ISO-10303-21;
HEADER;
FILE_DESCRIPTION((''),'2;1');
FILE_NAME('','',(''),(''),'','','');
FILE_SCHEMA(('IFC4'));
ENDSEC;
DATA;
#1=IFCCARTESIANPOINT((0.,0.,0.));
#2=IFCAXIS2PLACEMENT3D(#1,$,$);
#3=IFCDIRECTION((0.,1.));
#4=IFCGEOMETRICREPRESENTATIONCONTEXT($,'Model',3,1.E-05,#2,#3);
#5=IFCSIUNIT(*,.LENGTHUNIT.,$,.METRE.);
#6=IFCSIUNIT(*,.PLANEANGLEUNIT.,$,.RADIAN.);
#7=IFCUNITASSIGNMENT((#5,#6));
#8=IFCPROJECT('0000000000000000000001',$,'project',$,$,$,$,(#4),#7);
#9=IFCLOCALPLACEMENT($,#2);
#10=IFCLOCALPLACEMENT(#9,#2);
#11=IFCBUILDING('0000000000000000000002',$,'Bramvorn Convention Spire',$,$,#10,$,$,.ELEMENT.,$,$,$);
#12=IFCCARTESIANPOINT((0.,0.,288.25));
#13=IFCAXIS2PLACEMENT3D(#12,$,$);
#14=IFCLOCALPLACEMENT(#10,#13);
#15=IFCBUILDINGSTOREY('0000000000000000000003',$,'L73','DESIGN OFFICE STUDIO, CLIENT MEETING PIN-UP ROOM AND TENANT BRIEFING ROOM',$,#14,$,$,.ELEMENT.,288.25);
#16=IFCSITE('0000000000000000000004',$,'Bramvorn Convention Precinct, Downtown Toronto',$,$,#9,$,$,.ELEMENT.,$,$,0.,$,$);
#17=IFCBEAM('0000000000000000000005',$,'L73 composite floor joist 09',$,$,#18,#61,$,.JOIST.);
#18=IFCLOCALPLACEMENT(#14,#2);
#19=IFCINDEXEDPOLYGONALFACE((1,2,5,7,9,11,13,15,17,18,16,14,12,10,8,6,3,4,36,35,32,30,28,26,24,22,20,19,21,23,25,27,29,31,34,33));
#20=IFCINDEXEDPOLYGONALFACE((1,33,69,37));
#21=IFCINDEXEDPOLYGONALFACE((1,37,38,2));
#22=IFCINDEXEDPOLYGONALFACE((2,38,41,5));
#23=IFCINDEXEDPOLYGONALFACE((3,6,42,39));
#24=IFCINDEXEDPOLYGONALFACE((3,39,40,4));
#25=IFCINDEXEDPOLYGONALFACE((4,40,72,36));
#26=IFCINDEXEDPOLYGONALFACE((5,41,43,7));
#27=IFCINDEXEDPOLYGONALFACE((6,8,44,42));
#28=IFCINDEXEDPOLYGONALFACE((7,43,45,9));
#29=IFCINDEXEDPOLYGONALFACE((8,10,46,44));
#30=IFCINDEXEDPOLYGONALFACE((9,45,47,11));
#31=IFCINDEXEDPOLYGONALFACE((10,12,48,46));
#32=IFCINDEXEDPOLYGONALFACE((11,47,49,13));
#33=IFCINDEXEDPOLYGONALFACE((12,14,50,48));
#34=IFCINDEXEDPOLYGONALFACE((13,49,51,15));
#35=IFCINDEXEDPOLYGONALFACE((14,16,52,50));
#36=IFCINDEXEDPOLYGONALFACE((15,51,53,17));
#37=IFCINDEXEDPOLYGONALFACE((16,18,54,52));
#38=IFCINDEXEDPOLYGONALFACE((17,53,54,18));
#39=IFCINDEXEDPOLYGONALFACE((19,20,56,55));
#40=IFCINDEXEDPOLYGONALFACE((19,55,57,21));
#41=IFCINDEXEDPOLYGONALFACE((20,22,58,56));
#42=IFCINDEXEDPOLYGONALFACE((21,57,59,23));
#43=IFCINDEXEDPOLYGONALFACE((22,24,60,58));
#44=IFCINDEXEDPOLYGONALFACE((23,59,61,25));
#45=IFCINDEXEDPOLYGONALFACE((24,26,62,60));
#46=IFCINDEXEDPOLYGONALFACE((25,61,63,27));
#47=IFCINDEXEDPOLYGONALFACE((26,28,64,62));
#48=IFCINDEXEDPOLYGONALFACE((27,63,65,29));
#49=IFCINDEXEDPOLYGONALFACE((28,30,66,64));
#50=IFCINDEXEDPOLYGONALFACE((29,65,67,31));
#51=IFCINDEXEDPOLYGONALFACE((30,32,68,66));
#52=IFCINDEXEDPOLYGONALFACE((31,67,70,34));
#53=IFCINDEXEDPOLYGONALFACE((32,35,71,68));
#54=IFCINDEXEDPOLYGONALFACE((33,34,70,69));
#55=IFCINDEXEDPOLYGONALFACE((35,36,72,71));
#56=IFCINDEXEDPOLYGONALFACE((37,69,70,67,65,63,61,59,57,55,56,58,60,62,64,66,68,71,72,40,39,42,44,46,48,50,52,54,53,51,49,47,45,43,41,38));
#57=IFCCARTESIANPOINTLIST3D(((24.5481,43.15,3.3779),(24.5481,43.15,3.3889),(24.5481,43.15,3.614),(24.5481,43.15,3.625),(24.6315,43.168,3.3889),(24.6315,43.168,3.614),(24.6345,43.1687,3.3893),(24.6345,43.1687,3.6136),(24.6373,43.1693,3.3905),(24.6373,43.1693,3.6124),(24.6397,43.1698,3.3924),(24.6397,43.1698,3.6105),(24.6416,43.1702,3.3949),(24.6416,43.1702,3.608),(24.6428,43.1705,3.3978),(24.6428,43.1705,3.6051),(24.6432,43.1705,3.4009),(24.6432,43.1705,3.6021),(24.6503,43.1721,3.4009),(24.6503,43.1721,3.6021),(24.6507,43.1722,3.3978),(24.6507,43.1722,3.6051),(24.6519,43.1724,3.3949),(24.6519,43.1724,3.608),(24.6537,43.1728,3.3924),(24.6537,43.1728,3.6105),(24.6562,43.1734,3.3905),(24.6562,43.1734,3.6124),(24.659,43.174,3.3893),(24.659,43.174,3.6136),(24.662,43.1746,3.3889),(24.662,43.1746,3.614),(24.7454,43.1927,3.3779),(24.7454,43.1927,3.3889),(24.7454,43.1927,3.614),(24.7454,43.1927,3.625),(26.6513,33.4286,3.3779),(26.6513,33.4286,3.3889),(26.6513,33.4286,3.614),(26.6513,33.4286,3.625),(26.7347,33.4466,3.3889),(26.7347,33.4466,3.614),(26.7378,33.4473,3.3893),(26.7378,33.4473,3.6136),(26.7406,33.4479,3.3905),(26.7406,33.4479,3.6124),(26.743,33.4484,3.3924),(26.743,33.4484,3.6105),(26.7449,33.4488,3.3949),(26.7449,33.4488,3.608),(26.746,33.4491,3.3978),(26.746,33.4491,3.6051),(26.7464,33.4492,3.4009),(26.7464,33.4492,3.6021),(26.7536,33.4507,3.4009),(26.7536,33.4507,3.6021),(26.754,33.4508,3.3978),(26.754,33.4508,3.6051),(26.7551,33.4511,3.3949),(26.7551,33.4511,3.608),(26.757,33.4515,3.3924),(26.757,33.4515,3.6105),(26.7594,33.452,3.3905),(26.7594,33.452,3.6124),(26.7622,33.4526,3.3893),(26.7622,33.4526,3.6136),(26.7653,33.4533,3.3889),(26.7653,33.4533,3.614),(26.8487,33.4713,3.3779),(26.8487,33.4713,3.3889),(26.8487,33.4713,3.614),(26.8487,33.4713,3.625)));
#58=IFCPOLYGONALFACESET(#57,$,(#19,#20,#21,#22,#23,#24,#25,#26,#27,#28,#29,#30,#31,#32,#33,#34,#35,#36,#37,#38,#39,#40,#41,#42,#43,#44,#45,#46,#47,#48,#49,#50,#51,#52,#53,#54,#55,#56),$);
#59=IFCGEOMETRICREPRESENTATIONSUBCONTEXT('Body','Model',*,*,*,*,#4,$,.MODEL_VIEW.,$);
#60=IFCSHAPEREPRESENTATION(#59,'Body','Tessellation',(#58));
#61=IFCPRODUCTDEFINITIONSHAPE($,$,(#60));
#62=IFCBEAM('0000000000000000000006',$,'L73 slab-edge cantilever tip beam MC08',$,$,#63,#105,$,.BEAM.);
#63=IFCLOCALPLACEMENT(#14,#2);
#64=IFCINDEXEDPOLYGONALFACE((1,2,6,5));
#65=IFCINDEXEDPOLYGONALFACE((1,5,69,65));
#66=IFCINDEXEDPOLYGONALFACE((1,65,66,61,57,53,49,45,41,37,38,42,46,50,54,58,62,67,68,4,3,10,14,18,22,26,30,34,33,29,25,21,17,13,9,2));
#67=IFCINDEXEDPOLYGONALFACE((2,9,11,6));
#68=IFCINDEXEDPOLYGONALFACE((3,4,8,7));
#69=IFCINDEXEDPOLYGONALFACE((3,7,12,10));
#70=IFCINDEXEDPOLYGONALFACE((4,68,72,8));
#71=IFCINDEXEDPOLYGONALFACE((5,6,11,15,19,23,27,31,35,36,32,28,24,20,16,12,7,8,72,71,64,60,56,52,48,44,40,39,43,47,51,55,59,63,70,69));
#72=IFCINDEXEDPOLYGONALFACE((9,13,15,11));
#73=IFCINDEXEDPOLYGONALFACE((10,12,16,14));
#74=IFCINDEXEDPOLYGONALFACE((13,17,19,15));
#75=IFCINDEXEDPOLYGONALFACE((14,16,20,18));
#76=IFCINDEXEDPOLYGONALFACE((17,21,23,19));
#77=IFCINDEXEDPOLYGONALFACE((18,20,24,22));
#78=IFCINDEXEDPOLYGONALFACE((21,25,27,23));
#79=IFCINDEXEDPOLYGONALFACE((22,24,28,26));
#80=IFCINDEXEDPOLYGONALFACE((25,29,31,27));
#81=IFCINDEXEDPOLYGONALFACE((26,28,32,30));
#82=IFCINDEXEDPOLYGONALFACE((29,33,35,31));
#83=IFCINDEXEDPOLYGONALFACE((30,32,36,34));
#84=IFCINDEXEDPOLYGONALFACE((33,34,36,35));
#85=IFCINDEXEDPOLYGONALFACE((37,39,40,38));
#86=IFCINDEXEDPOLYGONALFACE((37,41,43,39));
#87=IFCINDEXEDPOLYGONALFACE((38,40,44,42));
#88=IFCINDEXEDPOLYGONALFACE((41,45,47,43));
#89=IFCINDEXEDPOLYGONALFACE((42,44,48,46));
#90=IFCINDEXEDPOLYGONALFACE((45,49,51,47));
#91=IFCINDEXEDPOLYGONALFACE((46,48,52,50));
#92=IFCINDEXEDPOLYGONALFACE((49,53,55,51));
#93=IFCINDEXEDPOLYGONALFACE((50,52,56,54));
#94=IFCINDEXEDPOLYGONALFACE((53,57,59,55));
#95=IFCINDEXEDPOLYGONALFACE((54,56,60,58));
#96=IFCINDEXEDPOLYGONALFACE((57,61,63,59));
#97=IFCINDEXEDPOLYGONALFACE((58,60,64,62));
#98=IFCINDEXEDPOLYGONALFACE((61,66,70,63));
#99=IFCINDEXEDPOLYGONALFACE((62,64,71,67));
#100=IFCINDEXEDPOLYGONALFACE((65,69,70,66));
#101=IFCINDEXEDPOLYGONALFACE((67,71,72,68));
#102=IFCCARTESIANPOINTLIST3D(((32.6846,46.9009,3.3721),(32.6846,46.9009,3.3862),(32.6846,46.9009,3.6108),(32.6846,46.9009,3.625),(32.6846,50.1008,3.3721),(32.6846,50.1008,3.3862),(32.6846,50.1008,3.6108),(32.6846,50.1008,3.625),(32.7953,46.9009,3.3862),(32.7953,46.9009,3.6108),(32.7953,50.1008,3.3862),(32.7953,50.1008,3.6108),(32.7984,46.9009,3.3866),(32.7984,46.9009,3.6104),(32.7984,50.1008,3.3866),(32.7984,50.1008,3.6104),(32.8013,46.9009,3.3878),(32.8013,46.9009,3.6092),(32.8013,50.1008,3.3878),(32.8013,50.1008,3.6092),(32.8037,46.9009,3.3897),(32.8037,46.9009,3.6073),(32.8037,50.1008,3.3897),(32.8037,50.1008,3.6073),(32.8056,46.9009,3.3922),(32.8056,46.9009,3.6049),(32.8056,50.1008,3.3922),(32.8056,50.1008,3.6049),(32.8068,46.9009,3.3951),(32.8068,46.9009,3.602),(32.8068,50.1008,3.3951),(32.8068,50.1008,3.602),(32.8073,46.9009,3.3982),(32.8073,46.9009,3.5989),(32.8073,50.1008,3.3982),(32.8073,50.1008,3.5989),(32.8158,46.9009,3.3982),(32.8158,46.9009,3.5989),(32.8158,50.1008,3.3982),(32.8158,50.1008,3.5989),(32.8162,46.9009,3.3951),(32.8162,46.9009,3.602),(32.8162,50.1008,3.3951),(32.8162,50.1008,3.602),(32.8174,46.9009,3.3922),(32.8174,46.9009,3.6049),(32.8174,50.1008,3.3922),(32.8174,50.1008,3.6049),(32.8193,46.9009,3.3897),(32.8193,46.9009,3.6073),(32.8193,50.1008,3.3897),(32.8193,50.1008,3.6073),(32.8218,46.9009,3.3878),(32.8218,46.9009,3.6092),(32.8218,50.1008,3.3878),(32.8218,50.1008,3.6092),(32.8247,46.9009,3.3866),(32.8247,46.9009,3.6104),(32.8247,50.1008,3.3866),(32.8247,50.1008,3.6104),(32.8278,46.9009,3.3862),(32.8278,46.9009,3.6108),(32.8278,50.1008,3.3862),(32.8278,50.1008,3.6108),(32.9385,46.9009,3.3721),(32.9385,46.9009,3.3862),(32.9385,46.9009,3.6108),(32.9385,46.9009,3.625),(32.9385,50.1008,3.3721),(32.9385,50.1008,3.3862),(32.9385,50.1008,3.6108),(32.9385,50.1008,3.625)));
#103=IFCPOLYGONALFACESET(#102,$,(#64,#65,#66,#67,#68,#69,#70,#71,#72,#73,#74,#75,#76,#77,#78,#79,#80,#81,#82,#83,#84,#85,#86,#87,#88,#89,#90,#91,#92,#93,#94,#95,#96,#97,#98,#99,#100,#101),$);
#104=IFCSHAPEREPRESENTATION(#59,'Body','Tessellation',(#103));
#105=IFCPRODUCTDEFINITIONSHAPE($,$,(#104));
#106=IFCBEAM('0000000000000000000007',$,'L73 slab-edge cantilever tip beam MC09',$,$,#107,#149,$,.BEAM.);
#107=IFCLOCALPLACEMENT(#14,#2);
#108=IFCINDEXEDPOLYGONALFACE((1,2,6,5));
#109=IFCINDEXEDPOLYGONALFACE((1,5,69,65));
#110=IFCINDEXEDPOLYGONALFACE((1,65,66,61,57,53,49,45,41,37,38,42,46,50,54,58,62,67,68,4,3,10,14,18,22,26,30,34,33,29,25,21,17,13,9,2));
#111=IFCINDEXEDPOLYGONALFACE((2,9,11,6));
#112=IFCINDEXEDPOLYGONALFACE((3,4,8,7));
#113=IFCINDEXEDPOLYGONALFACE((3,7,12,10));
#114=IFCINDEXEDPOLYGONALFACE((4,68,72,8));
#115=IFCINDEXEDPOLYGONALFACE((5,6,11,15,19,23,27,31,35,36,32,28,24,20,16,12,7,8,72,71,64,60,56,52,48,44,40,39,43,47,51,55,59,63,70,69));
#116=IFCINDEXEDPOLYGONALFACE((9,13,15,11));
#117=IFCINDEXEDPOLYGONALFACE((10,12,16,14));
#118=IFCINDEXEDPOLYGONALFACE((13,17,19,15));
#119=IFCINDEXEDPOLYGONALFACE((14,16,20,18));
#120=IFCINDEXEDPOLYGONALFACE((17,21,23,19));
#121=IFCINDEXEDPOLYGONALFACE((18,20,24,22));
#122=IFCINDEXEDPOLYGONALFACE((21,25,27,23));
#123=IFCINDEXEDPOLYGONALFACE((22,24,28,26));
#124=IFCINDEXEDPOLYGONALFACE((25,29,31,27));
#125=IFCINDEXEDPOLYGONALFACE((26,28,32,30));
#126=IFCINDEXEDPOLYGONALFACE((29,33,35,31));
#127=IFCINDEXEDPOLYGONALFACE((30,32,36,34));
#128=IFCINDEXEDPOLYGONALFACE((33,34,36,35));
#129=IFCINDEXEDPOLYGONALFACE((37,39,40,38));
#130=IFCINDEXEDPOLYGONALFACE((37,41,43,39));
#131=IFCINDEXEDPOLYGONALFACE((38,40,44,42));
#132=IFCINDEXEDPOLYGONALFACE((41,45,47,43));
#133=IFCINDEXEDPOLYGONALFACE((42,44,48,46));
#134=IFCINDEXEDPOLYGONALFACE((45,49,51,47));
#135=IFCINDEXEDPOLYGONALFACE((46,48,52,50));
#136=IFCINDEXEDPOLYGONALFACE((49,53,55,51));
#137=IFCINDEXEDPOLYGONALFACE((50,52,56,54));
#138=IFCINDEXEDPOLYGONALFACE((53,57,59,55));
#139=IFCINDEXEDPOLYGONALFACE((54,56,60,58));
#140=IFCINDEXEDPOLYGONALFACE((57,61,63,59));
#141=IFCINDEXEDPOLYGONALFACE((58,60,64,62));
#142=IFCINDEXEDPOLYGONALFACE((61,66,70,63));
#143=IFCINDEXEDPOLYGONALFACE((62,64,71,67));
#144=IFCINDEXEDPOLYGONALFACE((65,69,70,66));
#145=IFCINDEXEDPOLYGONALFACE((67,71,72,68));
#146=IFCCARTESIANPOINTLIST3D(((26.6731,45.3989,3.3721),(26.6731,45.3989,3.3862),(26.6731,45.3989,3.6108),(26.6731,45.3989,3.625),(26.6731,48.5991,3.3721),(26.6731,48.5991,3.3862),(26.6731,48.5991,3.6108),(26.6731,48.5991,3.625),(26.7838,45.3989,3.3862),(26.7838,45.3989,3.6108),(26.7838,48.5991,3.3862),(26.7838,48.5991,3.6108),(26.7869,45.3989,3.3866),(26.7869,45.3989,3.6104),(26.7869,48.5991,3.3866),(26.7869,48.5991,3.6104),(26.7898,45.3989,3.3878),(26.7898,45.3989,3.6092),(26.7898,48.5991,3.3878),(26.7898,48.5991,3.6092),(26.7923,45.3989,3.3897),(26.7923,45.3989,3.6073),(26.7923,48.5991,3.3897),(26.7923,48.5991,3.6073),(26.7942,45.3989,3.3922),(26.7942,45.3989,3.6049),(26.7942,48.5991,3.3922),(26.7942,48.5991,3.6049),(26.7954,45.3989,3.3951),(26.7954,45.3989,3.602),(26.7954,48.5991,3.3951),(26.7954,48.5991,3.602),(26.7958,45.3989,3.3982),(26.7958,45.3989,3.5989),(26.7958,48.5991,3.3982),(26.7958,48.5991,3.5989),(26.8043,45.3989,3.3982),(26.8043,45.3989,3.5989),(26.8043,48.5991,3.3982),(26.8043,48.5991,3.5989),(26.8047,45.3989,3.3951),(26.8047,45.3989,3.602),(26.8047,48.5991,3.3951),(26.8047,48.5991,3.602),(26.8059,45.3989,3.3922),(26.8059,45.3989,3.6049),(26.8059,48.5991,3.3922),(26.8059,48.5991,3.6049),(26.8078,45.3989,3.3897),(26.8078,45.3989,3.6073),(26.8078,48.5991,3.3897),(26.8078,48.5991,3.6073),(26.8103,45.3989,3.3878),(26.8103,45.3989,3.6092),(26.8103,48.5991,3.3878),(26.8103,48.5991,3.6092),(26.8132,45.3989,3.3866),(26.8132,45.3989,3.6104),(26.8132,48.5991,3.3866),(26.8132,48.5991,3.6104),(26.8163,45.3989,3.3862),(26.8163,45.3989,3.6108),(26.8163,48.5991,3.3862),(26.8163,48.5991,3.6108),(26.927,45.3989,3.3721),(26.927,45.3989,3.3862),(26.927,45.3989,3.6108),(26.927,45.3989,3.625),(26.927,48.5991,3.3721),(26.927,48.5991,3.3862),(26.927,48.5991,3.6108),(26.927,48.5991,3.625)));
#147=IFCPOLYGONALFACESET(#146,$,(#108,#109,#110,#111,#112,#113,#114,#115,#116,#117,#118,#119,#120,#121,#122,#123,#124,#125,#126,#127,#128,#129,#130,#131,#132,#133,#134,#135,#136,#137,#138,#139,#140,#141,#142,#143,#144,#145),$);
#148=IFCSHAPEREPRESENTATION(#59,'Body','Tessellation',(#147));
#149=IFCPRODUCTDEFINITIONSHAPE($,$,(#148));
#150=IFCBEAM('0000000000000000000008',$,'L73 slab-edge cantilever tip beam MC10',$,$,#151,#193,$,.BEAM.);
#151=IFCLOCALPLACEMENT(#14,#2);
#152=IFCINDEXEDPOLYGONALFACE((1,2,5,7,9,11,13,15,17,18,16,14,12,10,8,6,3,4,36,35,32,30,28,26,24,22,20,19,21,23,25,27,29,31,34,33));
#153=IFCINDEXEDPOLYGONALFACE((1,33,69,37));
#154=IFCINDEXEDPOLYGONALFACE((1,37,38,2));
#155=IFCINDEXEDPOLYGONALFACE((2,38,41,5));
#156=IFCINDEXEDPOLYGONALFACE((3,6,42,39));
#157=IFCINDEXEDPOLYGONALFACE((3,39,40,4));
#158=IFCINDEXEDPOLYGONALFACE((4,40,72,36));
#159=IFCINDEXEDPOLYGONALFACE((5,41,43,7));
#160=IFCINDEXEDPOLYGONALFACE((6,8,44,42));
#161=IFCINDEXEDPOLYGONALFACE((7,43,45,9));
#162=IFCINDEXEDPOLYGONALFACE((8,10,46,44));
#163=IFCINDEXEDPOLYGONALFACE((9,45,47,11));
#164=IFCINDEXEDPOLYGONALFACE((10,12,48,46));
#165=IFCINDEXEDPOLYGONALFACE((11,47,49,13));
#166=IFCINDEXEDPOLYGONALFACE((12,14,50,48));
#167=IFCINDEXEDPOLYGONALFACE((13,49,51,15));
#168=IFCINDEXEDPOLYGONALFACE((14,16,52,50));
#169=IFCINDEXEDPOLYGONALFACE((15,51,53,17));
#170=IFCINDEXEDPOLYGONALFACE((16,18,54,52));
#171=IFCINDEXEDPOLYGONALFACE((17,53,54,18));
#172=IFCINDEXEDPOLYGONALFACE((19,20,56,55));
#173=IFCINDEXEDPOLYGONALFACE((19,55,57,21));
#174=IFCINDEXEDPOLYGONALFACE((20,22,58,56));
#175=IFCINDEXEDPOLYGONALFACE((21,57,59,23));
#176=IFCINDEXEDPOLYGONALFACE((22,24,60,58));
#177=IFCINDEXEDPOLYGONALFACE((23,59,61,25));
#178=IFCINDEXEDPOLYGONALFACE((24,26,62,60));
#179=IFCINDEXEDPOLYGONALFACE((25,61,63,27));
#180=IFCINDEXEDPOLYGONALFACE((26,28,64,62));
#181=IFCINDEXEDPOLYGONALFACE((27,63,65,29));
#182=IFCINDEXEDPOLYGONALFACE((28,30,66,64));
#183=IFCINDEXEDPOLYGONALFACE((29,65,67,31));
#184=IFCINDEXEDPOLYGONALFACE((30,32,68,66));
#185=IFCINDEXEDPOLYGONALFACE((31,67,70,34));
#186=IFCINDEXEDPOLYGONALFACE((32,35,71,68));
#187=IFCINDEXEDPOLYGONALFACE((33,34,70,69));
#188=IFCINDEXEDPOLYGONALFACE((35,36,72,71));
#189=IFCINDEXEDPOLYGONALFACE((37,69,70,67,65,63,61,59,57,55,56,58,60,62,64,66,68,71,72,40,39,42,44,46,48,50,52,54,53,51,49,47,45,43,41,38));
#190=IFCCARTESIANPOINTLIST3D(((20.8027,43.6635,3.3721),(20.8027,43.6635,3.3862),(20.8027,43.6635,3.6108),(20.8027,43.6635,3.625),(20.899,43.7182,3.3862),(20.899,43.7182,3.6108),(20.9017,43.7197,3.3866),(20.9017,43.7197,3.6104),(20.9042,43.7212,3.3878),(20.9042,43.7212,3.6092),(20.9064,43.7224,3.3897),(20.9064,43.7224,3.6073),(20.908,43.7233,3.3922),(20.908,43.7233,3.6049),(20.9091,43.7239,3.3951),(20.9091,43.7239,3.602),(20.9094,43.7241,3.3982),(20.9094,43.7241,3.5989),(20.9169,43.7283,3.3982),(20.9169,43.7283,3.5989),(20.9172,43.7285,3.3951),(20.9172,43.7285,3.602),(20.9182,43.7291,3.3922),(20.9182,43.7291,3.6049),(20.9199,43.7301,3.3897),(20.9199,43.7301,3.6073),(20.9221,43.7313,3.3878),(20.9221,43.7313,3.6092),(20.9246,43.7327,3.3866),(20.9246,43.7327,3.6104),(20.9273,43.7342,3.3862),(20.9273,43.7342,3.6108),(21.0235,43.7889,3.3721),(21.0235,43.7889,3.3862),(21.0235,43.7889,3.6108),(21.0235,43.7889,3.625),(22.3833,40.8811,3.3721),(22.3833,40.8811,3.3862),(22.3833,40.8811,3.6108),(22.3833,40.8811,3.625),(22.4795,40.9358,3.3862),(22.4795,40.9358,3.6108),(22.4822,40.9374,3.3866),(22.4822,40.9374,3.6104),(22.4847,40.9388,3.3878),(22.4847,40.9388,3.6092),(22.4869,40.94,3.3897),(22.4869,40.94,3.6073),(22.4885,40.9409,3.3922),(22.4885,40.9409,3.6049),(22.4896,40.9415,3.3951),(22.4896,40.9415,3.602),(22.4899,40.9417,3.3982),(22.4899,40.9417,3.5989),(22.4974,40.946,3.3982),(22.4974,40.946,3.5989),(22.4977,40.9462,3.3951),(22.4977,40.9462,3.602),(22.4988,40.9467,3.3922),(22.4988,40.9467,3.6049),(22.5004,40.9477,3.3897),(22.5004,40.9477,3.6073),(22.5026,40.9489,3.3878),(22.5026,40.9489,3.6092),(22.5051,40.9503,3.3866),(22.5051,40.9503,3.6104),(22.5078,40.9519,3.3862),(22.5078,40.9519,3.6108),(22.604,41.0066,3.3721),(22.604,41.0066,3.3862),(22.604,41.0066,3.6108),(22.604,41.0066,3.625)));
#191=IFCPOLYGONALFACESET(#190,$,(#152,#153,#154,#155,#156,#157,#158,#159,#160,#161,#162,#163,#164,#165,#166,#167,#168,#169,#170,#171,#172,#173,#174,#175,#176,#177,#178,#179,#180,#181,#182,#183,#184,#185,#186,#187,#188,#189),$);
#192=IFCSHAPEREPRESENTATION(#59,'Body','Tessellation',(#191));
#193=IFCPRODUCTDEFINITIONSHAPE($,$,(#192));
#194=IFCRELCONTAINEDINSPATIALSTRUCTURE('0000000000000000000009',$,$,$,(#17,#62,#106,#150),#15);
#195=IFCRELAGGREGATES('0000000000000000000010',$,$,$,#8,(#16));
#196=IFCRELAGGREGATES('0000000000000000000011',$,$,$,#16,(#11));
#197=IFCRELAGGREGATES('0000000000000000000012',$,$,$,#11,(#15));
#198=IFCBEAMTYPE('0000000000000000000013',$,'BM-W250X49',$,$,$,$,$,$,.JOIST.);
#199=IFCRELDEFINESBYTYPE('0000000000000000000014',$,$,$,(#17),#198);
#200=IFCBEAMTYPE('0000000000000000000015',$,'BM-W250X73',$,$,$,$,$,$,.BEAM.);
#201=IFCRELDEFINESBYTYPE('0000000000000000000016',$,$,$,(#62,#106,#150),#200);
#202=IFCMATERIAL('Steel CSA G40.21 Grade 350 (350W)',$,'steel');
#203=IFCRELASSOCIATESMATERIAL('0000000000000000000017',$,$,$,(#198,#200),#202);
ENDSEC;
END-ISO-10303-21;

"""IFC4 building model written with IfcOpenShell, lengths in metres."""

from ifc_helpers import new_model, si_unit, direction, frame, origin, origin_2d, place, context, subcontext, project, spatial, i_section, extrude, material, material_profile, profile_set, type_object, element, save


model = new_model("IFC4")

# Units and contexts
model_context = context("Model", 3, precision=1e-05, world=origin(), true_north=direction((0.0, 1.0)))
body_context = subcontext(model_context, "Body", "Model", "MODEL_VIEW")
ifc_project = project(units=[si_unit("LENGTHUNIT", "METRE"), si_unit("PLANEANGLEUNIT", "RADIAN")], contexts=[model_context])

# Site, building, storey
site_placement = place(None, origin())
site = spatial("IfcSite", under=ifc_project, at=site_placement, Name="Bramvorn Convention Precinct, Downtown Toronto", CompositionType="ELEMENT", RefElevation=0.0)
building_placement = place(site_placement, origin())
building = spatial("IfcBuilding", under=site, at=building_placement, Name="Bramvorn Convention Spire", CompositionType="ELEMENT")
storey_placement = place(building_placement, frame((0.0, 0.0, 288.25)))
storey = spatial("IfcBuildingStorey", under=building, at=storey_placement, Name="L73", Description="DESIGN OFFICE STUDIO, CLIENT MEETING PIN-UP ROOM AND TENANT BRIEFING ROOM", CompositionType="ELEMENT", Elevation=288.25)

# Shared definitions
ifc_material_1 = material(Name="Steel CSA G40.21 Grade 350 (350W)", Category="steel")

# Beams
ifc_material_profile_1 = material_profile(ifc_material_1, i_section(OverallWidth=0.2019, OverallDepth=0.2471, WebThickness=0.0073, FlangeThickness=0.011, FilletRadius=0.012, at=origin_2d()))
ifc_profile_set_1 = profile_set([ifc_material_profile_1], Name="Steel CSA G40.21 Grade 350 (350W) - W250X49")
beam_type_1 = type_object("IfcBeamType", Name="BM-W250X49", PredefinedType="JOIST", material=ifc_profile_set_1)
beam_1_placement = place(storey_placement, frame((26.75, 33.45, 3.5015), z_axis=(-0.211461, 0.977386, 0.0), x_axis=(-0.977386, -0.211461, 0.0)))
element("IfcBeam", 1, at=beam_1_placement, inside=storey, type_object=beam_type_1, Name="L73 composite floor joist 09", PredefinedType="JOIST", context=body_context, shape_type="SweptSolid", body=[
    extrude(i_section(OverallWidth=0.2019, OverallDepth=0.2471, WebThickness=0.0073, FlangeThickness=0.011, FilletRadius=0.012, at=origin_2d()), origin(), (0.0, 0.0, 1.0), 9.9463),
])
ifc_material_profile_2 = material_profile(ifc_material_1, i_section(OverallWidth=0.2539, OverallDepth=0.2529, WebThickness=0.0085, FlangeThickness=0.0142, FilletRadius=0.012, at=origin_2d()))
ifc_profile_set_2 = profile_set([ifc_material_profile_2], Name="Steel CSA G40.21 Grade 350 (350W) - W250X73")
beam_type_2 = type_object("IfcBeamType", Name="BM-W250X73", PredefinedType="BEAM", material=ifc_profile_set_2)
beam_2_placement = place(storey_placement, frame((32.8115, 46.9009, 3.4985), z_axis=(0.0, 1.0, 0.0), x_axis=(-1.0, 0.0, 0.0)))
element("IfcBeam", 2, at=beam_2_placement, inside=storey, type_object=beam_type_2, Name="L73 slab-edge cantilever tip beam MC08", PredefinedType="BEAM", context=body_context, shape_type="SweptSolid", body=[
    extrude(i_section(OverallWidth=0.2539, OverallDepth=0.2529, WebThickness=0.0085, FlangeThickness=0.0142, FilletRadius=0.012, at=origin_2d()), origin(), (0.0, 0.0, 1.0), 3.2),
])
beam_3_placement = place(storey_placement, frame((26.8, 45.3989, 3.4985), z_axis=(0.0, 1.0, 0.0), x_axis=(-1.0, 0.0, 0.0)))
element("IfcBeam", 3, at=beam_3_placement, inside=storey, type_object=beam_type_2, Name="L73 slab-edge cantilever tip beam MC09", PredefinedType="BEAM", context=body_context, shape_type="SweptSolid", body=[
    extrude(i_section(OverallWidth=0.2539, OverallDepth=0.2529, WebThickness=0.0085, FlangeThickness=0.0142, FilletRadius=0.012, at=origin_2d()), origin(), (0.0, 0.0, 1.0), 3.2002),
])
beam_4_placement = place(storey_placement, frame((22.4937, 40.9438, 3.4985), z_axis=(-0.493919, 0.869508, 0.0), x_axis=(-0.869508, -0.493919, 0.0)))
element("IfcBeam", 4, at=beam_4_placement, inside=storey, type_object=beam_type_2, Name="L73 slab-edge cantilever tip beam MC10", PredefinedType="BEAM", context=body_context, shape_type="SweptSolid", body=[
    extrude(i_section(OverallWidth=0.2539, OverallDepth=0.2529, WebThickness=0.0085, FlangeThickness=0.0142, FilletRadius=0.012, at=origin_2d()), origin(), (0.0, 0.0, 1.0), 3.2),
])

save(model, "model.ifc")
